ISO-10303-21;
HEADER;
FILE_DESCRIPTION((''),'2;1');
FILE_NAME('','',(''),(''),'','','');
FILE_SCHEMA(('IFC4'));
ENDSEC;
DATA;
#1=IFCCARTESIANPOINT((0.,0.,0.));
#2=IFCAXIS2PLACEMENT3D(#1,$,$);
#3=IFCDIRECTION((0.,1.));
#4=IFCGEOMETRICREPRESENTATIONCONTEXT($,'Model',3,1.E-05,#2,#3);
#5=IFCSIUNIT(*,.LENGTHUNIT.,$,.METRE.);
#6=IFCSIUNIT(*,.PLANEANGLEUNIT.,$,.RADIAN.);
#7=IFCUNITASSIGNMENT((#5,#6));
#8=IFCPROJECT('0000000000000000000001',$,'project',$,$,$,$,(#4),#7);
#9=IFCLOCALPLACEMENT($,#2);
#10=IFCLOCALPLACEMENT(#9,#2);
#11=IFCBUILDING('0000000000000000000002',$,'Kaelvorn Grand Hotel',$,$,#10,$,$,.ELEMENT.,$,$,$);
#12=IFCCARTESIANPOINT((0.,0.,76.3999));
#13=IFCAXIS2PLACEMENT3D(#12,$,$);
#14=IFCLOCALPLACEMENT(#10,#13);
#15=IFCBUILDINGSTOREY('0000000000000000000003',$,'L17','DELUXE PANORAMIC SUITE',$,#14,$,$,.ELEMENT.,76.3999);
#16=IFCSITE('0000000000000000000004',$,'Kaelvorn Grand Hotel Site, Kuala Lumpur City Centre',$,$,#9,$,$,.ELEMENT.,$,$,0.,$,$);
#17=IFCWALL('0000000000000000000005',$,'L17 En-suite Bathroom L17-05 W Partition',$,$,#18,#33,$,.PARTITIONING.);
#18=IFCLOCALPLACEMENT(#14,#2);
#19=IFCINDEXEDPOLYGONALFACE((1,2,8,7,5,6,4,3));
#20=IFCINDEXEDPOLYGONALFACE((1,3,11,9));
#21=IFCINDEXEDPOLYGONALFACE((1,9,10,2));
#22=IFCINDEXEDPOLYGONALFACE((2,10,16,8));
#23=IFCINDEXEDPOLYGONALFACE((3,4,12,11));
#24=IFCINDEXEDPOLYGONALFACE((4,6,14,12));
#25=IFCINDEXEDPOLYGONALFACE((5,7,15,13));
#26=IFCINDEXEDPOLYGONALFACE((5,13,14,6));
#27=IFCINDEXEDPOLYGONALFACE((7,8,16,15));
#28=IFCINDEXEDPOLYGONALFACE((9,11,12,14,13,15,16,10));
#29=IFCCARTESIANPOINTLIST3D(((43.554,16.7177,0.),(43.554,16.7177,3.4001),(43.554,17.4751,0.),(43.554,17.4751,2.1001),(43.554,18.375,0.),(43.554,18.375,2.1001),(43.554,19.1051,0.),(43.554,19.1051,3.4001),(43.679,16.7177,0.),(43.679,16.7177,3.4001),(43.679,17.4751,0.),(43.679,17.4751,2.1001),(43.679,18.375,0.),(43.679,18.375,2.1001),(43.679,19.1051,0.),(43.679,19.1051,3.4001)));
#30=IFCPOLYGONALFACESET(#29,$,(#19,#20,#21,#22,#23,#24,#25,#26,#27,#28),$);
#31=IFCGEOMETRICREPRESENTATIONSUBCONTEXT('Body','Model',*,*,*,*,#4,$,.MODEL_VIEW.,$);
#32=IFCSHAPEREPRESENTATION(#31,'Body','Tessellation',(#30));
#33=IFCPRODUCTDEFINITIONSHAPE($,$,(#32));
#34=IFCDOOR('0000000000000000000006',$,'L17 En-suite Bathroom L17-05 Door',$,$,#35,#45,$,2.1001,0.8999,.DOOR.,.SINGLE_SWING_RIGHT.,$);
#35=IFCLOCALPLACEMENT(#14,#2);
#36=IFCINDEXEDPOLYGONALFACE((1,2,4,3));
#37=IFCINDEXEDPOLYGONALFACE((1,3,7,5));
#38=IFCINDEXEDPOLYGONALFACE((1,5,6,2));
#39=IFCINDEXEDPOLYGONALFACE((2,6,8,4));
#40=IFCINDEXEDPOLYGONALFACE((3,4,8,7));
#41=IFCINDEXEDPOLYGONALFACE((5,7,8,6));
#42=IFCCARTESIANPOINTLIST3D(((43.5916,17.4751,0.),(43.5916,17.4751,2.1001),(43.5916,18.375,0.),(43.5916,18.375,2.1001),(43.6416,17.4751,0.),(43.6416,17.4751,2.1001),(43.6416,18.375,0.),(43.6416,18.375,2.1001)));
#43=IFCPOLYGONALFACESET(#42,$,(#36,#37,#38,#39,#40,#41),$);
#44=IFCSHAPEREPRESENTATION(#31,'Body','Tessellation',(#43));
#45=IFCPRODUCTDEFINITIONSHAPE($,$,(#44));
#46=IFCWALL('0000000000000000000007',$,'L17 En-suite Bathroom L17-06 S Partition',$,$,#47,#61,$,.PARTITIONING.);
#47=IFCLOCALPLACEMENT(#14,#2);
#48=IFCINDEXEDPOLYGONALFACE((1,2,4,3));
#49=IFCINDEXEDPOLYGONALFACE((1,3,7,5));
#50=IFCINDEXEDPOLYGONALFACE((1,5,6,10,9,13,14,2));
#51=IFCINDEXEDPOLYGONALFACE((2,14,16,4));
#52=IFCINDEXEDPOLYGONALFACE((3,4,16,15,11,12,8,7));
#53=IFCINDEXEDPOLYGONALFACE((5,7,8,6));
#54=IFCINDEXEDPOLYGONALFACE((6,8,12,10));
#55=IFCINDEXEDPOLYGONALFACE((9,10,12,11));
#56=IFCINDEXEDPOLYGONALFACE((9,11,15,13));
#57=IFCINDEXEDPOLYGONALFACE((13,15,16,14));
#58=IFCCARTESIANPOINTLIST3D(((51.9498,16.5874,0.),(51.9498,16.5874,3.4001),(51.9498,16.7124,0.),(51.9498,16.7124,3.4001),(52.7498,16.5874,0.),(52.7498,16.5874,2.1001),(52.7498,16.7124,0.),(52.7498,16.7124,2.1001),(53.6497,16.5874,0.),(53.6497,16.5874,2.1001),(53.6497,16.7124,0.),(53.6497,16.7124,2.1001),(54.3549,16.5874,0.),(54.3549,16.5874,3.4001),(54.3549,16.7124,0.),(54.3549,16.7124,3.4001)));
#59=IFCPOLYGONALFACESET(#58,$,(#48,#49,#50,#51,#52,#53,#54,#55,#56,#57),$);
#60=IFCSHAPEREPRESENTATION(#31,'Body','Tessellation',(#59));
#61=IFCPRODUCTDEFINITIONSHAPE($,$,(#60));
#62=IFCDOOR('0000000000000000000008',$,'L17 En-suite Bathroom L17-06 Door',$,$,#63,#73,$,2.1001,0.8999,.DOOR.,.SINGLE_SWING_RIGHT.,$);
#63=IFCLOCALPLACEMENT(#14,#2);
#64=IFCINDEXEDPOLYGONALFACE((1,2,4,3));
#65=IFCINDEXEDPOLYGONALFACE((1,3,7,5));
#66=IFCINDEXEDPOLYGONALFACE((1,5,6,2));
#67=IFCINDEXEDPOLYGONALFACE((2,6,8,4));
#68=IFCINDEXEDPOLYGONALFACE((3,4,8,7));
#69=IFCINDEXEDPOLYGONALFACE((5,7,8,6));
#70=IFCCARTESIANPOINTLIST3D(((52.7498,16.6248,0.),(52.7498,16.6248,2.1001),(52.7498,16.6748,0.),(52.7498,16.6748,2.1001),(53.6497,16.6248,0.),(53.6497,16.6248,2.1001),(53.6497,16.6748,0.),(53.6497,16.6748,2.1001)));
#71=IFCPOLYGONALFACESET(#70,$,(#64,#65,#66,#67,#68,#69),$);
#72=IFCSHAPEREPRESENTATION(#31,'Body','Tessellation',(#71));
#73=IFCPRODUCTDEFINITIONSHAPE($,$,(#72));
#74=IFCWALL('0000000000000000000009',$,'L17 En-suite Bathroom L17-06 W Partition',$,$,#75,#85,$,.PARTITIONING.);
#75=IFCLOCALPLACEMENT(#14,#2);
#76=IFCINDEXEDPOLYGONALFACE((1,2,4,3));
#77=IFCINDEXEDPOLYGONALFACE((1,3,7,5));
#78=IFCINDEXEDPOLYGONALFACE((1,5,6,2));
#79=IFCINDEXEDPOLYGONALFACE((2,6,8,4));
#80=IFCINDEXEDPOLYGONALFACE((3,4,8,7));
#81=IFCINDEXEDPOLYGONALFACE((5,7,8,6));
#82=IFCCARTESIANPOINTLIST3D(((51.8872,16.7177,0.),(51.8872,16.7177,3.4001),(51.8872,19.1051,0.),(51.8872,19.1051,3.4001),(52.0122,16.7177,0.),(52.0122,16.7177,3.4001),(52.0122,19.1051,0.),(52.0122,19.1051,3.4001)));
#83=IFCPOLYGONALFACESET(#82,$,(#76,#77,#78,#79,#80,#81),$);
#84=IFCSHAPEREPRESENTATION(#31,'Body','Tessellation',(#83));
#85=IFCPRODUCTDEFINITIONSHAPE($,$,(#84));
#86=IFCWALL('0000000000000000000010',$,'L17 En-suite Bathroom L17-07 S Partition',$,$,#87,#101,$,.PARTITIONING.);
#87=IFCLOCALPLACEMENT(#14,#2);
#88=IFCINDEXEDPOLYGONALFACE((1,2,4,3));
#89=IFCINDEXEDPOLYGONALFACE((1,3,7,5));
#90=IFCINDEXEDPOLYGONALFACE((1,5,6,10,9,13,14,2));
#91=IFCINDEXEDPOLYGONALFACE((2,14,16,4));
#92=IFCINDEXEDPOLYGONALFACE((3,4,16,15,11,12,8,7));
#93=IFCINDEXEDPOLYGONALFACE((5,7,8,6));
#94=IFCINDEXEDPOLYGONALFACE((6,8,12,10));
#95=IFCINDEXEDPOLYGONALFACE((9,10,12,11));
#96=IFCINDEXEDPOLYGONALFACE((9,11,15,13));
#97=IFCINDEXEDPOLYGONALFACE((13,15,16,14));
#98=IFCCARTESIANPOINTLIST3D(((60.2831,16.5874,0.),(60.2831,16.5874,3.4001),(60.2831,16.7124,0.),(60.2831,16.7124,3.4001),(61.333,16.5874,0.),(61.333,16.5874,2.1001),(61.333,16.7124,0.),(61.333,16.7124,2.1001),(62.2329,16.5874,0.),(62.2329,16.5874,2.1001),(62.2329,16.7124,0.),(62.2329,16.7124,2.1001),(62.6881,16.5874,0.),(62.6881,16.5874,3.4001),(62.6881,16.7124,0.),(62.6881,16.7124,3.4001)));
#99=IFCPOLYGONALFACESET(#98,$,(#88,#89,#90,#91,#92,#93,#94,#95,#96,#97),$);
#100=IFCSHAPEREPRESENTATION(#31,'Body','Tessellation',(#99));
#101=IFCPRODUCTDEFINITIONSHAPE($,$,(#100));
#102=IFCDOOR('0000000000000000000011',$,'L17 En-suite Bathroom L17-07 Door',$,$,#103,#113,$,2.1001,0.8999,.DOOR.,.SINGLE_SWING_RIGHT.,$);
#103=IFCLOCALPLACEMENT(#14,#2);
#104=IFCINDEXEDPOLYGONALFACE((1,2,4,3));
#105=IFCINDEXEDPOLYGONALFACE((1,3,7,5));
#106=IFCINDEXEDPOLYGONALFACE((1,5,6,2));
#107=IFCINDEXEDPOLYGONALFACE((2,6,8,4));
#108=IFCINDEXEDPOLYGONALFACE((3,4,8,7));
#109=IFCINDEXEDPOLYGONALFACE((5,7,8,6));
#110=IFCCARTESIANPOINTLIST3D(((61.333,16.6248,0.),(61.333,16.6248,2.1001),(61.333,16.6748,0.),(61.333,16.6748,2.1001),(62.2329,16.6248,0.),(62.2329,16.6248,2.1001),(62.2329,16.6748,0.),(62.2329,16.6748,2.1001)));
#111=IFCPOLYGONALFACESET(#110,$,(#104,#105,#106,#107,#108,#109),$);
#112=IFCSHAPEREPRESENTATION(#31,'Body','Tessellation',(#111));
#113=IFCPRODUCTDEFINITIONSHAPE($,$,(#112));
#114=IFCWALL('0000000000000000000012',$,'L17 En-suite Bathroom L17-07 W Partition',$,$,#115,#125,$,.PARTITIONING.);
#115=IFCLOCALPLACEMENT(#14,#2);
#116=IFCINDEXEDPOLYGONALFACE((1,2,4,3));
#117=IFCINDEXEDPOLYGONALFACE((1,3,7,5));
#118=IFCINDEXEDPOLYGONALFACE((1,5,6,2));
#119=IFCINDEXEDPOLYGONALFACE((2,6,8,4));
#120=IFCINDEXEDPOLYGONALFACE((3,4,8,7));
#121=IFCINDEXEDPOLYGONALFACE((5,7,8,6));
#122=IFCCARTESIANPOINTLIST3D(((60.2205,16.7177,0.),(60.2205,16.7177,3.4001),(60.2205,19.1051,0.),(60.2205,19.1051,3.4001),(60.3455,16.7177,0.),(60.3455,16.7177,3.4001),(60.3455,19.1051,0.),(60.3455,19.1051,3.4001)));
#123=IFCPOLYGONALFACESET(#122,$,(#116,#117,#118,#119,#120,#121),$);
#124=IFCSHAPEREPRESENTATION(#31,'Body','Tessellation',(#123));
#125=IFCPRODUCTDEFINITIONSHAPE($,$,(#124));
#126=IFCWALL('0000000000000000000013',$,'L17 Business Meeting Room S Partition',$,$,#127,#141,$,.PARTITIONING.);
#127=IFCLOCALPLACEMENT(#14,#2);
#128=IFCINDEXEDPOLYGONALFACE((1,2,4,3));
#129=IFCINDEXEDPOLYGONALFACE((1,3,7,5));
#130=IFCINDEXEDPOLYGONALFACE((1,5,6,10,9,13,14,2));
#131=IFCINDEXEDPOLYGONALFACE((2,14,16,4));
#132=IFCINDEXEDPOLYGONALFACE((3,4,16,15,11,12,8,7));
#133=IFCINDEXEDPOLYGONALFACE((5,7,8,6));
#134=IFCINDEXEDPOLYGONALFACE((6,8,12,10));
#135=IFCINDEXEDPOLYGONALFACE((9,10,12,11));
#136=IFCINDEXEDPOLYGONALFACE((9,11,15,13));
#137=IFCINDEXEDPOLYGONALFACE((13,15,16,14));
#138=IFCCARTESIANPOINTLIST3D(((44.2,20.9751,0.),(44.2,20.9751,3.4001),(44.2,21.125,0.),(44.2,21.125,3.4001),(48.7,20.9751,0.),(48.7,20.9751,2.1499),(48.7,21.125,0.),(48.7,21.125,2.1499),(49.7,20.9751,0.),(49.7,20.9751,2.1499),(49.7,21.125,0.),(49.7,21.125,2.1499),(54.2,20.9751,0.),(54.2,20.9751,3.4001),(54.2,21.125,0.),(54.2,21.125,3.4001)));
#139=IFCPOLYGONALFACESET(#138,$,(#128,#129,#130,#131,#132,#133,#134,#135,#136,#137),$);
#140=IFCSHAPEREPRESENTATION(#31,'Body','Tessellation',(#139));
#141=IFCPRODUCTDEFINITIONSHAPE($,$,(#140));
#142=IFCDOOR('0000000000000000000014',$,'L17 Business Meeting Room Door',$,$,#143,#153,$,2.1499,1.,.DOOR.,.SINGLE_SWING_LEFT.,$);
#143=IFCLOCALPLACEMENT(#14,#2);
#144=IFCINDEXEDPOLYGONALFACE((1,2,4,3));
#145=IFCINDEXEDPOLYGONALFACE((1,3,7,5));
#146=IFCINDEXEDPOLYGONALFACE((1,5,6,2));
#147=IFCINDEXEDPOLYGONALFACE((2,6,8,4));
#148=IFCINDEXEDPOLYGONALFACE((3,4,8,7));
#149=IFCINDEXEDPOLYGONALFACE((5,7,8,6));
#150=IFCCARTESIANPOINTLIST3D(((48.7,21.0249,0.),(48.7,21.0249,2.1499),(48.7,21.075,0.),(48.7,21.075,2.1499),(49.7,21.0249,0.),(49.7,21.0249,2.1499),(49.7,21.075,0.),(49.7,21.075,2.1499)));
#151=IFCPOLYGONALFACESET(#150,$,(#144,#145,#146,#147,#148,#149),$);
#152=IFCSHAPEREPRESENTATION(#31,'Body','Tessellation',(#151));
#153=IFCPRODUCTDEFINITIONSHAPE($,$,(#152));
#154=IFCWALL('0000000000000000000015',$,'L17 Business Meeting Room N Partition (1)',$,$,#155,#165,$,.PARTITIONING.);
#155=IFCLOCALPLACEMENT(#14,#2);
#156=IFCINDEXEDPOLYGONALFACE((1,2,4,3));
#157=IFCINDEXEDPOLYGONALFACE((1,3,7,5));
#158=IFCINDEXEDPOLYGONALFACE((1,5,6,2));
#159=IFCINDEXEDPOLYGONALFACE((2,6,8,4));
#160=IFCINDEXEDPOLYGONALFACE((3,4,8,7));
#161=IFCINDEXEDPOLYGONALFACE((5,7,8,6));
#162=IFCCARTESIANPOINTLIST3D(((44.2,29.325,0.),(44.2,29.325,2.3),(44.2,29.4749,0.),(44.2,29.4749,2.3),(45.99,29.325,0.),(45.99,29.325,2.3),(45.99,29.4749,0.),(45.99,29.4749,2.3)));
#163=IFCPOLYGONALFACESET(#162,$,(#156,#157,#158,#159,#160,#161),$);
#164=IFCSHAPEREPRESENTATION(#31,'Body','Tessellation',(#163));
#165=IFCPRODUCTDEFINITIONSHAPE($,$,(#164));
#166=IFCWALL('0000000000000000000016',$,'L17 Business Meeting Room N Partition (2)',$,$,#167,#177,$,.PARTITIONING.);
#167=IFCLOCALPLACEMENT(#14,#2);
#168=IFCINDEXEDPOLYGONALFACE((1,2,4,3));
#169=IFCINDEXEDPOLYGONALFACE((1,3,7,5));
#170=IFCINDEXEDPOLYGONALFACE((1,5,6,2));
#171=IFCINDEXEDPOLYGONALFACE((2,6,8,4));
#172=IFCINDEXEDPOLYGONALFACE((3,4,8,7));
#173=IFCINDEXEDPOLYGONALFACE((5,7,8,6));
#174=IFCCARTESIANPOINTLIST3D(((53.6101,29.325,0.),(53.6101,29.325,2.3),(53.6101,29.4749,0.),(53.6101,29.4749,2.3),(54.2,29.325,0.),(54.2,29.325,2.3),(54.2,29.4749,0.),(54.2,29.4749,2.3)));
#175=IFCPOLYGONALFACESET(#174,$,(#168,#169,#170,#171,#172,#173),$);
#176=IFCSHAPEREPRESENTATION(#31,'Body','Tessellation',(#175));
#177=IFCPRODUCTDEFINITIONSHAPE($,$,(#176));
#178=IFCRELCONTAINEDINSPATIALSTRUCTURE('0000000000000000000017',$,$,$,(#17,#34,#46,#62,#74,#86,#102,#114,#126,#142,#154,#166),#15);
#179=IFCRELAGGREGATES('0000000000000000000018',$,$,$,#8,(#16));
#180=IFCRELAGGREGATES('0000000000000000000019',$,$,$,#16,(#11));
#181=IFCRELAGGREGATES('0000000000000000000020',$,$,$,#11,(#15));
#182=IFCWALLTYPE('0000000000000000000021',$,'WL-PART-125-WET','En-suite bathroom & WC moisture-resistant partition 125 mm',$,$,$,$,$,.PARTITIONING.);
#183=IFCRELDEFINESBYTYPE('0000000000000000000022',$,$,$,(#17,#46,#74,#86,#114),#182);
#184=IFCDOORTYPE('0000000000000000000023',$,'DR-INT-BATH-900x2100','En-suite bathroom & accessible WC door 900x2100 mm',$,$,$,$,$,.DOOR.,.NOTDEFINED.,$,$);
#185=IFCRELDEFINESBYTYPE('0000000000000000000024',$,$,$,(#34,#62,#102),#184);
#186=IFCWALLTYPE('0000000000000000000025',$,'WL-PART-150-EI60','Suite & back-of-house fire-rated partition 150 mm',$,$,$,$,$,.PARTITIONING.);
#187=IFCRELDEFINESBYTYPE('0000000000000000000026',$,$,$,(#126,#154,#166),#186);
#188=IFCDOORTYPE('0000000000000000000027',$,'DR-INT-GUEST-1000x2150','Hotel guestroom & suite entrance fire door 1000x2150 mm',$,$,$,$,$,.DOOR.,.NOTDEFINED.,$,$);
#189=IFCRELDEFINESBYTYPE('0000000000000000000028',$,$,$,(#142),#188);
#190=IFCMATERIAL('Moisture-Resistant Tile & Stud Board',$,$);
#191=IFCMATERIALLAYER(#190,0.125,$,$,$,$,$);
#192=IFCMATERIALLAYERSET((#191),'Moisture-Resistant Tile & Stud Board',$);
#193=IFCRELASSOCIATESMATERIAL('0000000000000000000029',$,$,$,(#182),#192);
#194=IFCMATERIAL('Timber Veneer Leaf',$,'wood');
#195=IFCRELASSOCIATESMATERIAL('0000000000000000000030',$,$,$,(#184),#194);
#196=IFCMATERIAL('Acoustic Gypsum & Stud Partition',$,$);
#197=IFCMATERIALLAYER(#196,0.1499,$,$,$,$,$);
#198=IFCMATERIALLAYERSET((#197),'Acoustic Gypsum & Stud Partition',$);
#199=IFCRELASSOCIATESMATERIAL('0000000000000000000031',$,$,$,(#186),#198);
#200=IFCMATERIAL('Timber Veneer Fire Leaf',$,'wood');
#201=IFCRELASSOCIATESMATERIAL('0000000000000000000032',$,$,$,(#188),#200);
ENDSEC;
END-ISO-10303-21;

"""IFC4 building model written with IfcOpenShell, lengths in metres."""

from ifc_helpers import new_model, si_unit, direction, frame, frame_2d, origin, place, context, subcontext, project, spatial, rectangle, extrude, material, layer, layer_set, type_object, element, fill, save


model = new_model("IFC4")

# Units and contexts
model_context = context("Model", 3, precision=1e-05, world=origin(), true_north=direction((0.0, 1.0)))
body_context = subcontext(model_context, "Body", "Model", "MODEL_VIEW")
ifc_project = project(units=[si_unit("LENGTHUNIT", "METRE"), si_unit("PLANEANGLEUNIT", "RADIAN")], contexts=[model_context])

# Site, building, storey
site_placement = place(None, origin())
site = spatial("IfcSite", under=ifc_project, at=site_placement, Name="Kaelvorn Grand Hotel Site, Kuala Lumpur City Centre", CompositionType="ELEMENT", RefElevation=0.0)
building_placement = place(site_placement, origin())
building = spatial("IfcBuilding", under=site, at=building_placement, Name="Kaelvorn Grand Hotel", CompositionType="ELEMENT")
storey_placement = place(building_placement, frame((0.0, 0.0, 76.3999)))
storey = spatial("IfcBuildingStorey", under=building, at=storey_placement, Name="L17", Description="DELUXE PANORAMIC SUITE", CompositionType="ELEMENT", Elevation=76.3999)

# Shared definitions
ifc_material_1 = material(Name="Moisture-Resistant Tile & Stud Board")
ifc_layer_1 = layer(ifc_material_1, 0.125)
ifc_layer_set_1 = layer_set([ifc_layer_1], Name="Moisture-Resistant Tile & Stud Board")
wall_type_1 = type_object("IfcWallType", Name="WL-PART-125-WET", Description="En-suite bathroom & WC moisture-resistant partition 125 mm", PredefinedType="PARTITIONING", material=ifc_layer_set_1)

# Walls, openings, doors
wall_1_placement = place(storey_placement, frame((43.6165, 16.7175, 0.0), z_axis=(0.0, 0.0, 1.0), x_axis=(0.0, 1.0, 0.0)))
wall_1 = element("IfcWall", 1, at=wall_1_placement, inside=storey, type_object=wall_type_1, Name="L17 En-suite Bathroom L17-05 W Partition", PredefinedType="PARTITIONING", context=body_context, shape_type="SweptSolid", body=[
    extrude(rectangle(XDim=2.3875, YDim=0.125, at=frame_2d((1.1938, 0.0))), origin(), (0.0, 0.0, 1.0), 3.4001),
])
opening_1_placement = place(wall_1_placement, frame((0.7576, 0.0, 0.0)))
opening_1 = element("IfcOpeningElement", 2, at=opening_1_placement, cuts=wall_1, PredefinedType="OPENING", context=body_context, shape_type="SweptSolid", body=[
    extrude(rectangle(XDim=0.8999, YDim=2.1001, at=frame_2d((0.45, 1.05))), frame((0.0, 0.0725, 0.0), z_axis=(0.0, -1.0, 0.0), x_axis=(1.0, 0.0, 0.0)), (0.0, 0.0, 1.0), 0.145),
])
ifc_material_2 = material(Name="Timber Veneer Leaf", Category="wood")
door_type_1 = type_object("IfcDoorType", Name="DR-INT-BATH-900x2100", Description="En-suite bathroom & accessible WC door 900x2100 mm", OperationType="NOTDEFINED", PredefinedType="DOOR", material=ifc_material_2)
door_1_placement = place(opening_1_placement, origin())
door_1 = element("IfcDoor", 3, at=door_1_placement, inside=storey, type_object=door_type_1, Name="L17 En-suite Bathroom L17-05 Door", OperationType="SINGLE_SWING_RIGHT", OverallHeight=2.1001, OverallWidth=0.8999, PredefinedType="DOOR", context=body_context, shape_type="SweptSolid", body=[
    extrude(rectangle(XDim=0.8999, YDim=2.1001, at=frame_2d((0.45, 1.05))), frame((0.0, 0.0249, 0.0), z_axis=(0.0, -1.0, 0.0), x_axis=(1.0, 0.0, 0.0)), (0.0, 0.0, 1.0), 0.05),
])
fill(opening_1, door_1)
wall_2_placement = place(storey_placement, frame((51.9497, 16.6499, 0.0), z_axis=(0.0, 0.0, 1.0), x_axis=(1.0, 0.0, 0.0)))
wall_2 = element("IfcWall", 4, at=wall_2_placement, inside=storey, type_object=wall_type_1, Name="L17 En-suite Bathroom L17-06 S Partition", PredefinedType="PARTITIONING", context=body_context, shape_type="SweptSolid", body=[
    extrude(rectangle(XDim=2.405, YDim=0.125, at=frame_2d((1.2026, 0.0))), origin(), (0.0, 0.0, 1.0), 3.4001),
])
opening_2_placement = place(wall_2_placement, frame((0.8, 0.0, 0.0)))
opening_2 = element("IfcOpeningElement", 5, at=opening_2_placement, cuts=wall_2, PredefinedType="OPENING", context=body_context, shape_type="SweptSolid", body=[
    extrude(rectangle(XDim=0.8999, YDim=2.1001, at=frame_2d((0.45, 1.05))), frame((0.0, 0.0725, 0.0), z_axis=(0.0, -1.0, 0.0), x_axis=(1.0, 0.0, 0.0)), (0.0, 0.0, 1.0), 0.145),
])
door_2_placement = place(opening_2_placement, origin())
door_2 = element("IfcDoor", 6, at=door_2_placement, inside=storey, type_object=door_type_1, Name="L17 En-suite Bathroom L17-06 Door", OperationType="SINGLE_SWING_RIGHT", OverallHeight=2.1001, OverallWidth=0.8999, PredefinedType="DOOR", context=body_context, shape_type="SweptSolid", body=[
    extrude(rectangle(XDim=0.8999, YDim=2.1001, at=frame_2d((0.45, 1.05))), frame((0.0, 0.0249, 0.0), z_axis=(0.0, -1.0, 0.0), x_axis=(1.0, 0.0, 0.0)), (0.0, 0.0, 1.0), 0.05),
])
fill(opening_2, door_2)

# Wall
wall_3_placement = place(storey_placement, frame((51.9497, 16.7175, 0.0), z_axis=(0.0, 0.0, 1.0), x_axis=(0.0, 1.0, 0.0)))
element("IfcWall", 7, at=wall_3_placement, inside=storey, type_object=wall_type_1, Name="L17 En-suite Bathroom L17-06 W Partition", PredefinedType="PARTITIONING", context=body_context, shape_type="SweptSolid", body=[
    extrude(rectangle(XDim=2.3875, YDim=0.125, at=frame_2d((1.1938, 0.0))), origin(), (0.0, 0.0, 1.0), 3.4001),
])

# Wall, opening, door
wall_4_placement = place(storey_placement, frame((60.283, 16.6499, 0.0), z_axis=(0.0, 0.0, 1.0), x_axis=(1.0, 0.0, 0.0)))
wall_4 = element("IfcWall", 8, at=wall_4_placement, inside=storey, type_object=wall_type_1, Name="L17 En-suite Bathroom L17-07 S Partition", PredefinedType="PARTITIONING", context=body_context, shape_type="SweptSolid", body=[
    extrude(rectangle(XDim=2.405, YDim=0.125, at=frame_2d((1.2026, 0.0))), origin(), (0.0, 0.0, 1.0), 3.4001),
])
opening_3_placement = place(wall_4_placement, frame((1.05, 0.0, 0.0)))
opening_3 = element("IfcOpeningElement", 9, at=opening_3_placement, cuts=wall_4, PredefinedType="OPENING", context=body_context, shape_type="SweptSolid", body=[
    extrude(rectangle(XDim=0.8999, YDim=2.1001, at=frame_2d((0.45, 1.05))), frame((0.0, 0.0725, 0.0), z_axis=(0.0, -1.0, 0.0), x_axis=(1.0, 0.0, 0.0)), (0.0, 0.0, 1.0), 0.145),
])
door_3_placement = place(opening_3_placement, origin())
door_3 = element("IfcDoor", 10, at=door_3_placement, inside=storey, type_object=door_type_1, Name="L17 En-suite Bathroom L17-07 Door", OperationType="SINGLE_SWING_RIGHT", OverallHeight=2.1001, OverallWidth=0.8999, PredefinedType="DOOR", context=body_context, shape_type="SweptSolid", body=[
    extrude(rectangle(XDim=0.8999, YDim=2.1001, at=frame_2d((0.45, 1.05))), frame((0.0, 0.0249, 0.0), z_axis=(0.0, -1.0, 0.0), x_axis=(1.0, 0.0, 0.0)), (0.0, 0.0, 1.0), 0.05),
])
fill(opening_3, door_3)

# Wall
wall_5_placement = place(storey_placement, frame((60.283, 16.7175, 0.0), z_axis=(0.0, 0.0, 1.0), x_axis=(0.0, 1.0, 0.0)))
element("IfcWall", 11, at=wall_5_placement, inside=storey, type_object=wall_type_1, Name="L17 En-suite Bathroom L17-07 W Partition", PredefinedType="PARTITIONING", context=body_context, shape_type="SweptSolid", body=[
    extrude(rectangle(XDim=2.3875, YDim=0.125, at=frame_2d((1.1938, 0.0))), origin(), (0.0, 0.0, 1.0), 3.4001),
])

# Wall, opening, door
ifc_material_3 = material(Name="Acoustic Gypsum & Stud Partition")
ifc_layer_2 = layer(ifc_material_3, 0.1499)
ifc_layer_set_2 = layer_set([ifc_layer_2], Name="Acoustic Gypsum & Stud Partition")
wall_type_2 = type_object("IfcWallType", Name="WL-PART-150-EI60", Description="Suite & back-of-house fire-rated partition 150 mm", PredefinedType="PARTITIONING", material=ifc_layer_set_2)
wall_6_placement = place(storey_placement, frame((44.2, 21.05, 0.0), z_axis=(0.0, 0.0, 1.0), x_axis=(1.0, 0.0, 0.0)))
wall_6 = element("IfcWall", 12, at=wall_6_placement, inside=storey, type_object=wall_type_2, Name="L17 Business Meeting Room S Partition", PredefinedType="PARTITIONING", context=body_context, shape_type="SweptSolid", body=[
    extrude(rectangle(XDim=10.0, YDim=0.1499, at=frame_2d((5.0, 0.0))), origin(), (0.0, 0.0, 1.0), 3.4001),
])
opening_4_placement = place(wall_6_placement, frame((4.5, 0.0, 0.0)))
opening_4 = element("IfcOpeningElement", 13, at=opening_4_placement, cuts=wall_6, PredefinedType="OPENING", context=body_context, shape_type="SweptSolid", body=[
    extrude(rectangle(XDim=1.0, YDim=2.1499, at=frame_2d((0.5, 1.075))), frame((0.0, 0.085, 0.0), z_axis=(0.0, -1.0, 0.0), x_axis=(1.0, 0.0, 0.0)), (0.0, 0.0, 1.0), 0.1699),
])
ifc_material_4 = material(Name="Timber Veneer Fire Leaf", Category="wood")
door_type_2 = type_object("IfcDoorType", Name="DR-INT-GUEST-1000x2150", Description="Hotel guestroom & suite entrance fire door 1000x2150 mm", OperationType="NOTDEFINED", PredefinedType="DOOR", material=ifc_material_4)
door_4_placement = place(opening_4_placement, origin())
door_4 = element("IfcDoor", 14, at=door_4_placement, inside=storey, type_object=door_type_2, Name="L17 Business Meeting Room Door", OperationType="SINGLE_SWING_LEFT", OverallHeight=2.1499, OverallWidth=1.0, PredefinedType="DOOR", context=body_context, shape_type="SweptSolid", body=[
    extrude(rectangle(XDim=1.0, YDim=2.1499, at=frame_2d((0.5, 1.075))), frame((0.0, 0.0249, 0.0), z_axis=(0.0, -1.0, 0.0), x_axis=(1.0, 0.0, 0.0)), (0.0, 0.0, 1.0), 0.05),
])
fill(opening_4, door_4)

# Walls
wall_7_placement = place(storey_placement, frame((44.2, 29.3999, 0.0), z_axis=(0.0, 0.0, 1.0), x_axis=(1.0, 0.0, 0.0)))
element("IfcWall", 15, at=wall_7_placement, inside=storey, type_object=wall_type_2, Name="L17 Business Meeting Room N Partition (1)", PredefinedType="PARTITIONING", context=body_context, shape_type="SweptSolid", body=[
    extrude(rectangle(XDim=1.79, YDim=0.1499, at=frame_2d((0.895, 0.0))), origin(), (0.0, 0.0, 1.0), 2.3),
])
wall_8_placement = place(storey_placement, frame((53.6101, 29.3999, 0.0), z_axis=(0.0, 0.0, 1.0), x_axis=(1.0, 0.0, 0.0)))
element("IfcWall", 16, at=wall_8_placement, inside=storey, type_object=wall_type_2, Name="L17 Business Meeting Room N Partition (2)", PredefinedType="PARTITIONING", context=body_context, shape_type="SweptSolid", body=[
    extrude(rectangle(XDim=0.5898, YDim=0.1499, at=frame_2d((0.2949, 0.0))), origin(), (0.0, 0.0, 1.0), 2.3),
])

save(model, "model.ifc")
